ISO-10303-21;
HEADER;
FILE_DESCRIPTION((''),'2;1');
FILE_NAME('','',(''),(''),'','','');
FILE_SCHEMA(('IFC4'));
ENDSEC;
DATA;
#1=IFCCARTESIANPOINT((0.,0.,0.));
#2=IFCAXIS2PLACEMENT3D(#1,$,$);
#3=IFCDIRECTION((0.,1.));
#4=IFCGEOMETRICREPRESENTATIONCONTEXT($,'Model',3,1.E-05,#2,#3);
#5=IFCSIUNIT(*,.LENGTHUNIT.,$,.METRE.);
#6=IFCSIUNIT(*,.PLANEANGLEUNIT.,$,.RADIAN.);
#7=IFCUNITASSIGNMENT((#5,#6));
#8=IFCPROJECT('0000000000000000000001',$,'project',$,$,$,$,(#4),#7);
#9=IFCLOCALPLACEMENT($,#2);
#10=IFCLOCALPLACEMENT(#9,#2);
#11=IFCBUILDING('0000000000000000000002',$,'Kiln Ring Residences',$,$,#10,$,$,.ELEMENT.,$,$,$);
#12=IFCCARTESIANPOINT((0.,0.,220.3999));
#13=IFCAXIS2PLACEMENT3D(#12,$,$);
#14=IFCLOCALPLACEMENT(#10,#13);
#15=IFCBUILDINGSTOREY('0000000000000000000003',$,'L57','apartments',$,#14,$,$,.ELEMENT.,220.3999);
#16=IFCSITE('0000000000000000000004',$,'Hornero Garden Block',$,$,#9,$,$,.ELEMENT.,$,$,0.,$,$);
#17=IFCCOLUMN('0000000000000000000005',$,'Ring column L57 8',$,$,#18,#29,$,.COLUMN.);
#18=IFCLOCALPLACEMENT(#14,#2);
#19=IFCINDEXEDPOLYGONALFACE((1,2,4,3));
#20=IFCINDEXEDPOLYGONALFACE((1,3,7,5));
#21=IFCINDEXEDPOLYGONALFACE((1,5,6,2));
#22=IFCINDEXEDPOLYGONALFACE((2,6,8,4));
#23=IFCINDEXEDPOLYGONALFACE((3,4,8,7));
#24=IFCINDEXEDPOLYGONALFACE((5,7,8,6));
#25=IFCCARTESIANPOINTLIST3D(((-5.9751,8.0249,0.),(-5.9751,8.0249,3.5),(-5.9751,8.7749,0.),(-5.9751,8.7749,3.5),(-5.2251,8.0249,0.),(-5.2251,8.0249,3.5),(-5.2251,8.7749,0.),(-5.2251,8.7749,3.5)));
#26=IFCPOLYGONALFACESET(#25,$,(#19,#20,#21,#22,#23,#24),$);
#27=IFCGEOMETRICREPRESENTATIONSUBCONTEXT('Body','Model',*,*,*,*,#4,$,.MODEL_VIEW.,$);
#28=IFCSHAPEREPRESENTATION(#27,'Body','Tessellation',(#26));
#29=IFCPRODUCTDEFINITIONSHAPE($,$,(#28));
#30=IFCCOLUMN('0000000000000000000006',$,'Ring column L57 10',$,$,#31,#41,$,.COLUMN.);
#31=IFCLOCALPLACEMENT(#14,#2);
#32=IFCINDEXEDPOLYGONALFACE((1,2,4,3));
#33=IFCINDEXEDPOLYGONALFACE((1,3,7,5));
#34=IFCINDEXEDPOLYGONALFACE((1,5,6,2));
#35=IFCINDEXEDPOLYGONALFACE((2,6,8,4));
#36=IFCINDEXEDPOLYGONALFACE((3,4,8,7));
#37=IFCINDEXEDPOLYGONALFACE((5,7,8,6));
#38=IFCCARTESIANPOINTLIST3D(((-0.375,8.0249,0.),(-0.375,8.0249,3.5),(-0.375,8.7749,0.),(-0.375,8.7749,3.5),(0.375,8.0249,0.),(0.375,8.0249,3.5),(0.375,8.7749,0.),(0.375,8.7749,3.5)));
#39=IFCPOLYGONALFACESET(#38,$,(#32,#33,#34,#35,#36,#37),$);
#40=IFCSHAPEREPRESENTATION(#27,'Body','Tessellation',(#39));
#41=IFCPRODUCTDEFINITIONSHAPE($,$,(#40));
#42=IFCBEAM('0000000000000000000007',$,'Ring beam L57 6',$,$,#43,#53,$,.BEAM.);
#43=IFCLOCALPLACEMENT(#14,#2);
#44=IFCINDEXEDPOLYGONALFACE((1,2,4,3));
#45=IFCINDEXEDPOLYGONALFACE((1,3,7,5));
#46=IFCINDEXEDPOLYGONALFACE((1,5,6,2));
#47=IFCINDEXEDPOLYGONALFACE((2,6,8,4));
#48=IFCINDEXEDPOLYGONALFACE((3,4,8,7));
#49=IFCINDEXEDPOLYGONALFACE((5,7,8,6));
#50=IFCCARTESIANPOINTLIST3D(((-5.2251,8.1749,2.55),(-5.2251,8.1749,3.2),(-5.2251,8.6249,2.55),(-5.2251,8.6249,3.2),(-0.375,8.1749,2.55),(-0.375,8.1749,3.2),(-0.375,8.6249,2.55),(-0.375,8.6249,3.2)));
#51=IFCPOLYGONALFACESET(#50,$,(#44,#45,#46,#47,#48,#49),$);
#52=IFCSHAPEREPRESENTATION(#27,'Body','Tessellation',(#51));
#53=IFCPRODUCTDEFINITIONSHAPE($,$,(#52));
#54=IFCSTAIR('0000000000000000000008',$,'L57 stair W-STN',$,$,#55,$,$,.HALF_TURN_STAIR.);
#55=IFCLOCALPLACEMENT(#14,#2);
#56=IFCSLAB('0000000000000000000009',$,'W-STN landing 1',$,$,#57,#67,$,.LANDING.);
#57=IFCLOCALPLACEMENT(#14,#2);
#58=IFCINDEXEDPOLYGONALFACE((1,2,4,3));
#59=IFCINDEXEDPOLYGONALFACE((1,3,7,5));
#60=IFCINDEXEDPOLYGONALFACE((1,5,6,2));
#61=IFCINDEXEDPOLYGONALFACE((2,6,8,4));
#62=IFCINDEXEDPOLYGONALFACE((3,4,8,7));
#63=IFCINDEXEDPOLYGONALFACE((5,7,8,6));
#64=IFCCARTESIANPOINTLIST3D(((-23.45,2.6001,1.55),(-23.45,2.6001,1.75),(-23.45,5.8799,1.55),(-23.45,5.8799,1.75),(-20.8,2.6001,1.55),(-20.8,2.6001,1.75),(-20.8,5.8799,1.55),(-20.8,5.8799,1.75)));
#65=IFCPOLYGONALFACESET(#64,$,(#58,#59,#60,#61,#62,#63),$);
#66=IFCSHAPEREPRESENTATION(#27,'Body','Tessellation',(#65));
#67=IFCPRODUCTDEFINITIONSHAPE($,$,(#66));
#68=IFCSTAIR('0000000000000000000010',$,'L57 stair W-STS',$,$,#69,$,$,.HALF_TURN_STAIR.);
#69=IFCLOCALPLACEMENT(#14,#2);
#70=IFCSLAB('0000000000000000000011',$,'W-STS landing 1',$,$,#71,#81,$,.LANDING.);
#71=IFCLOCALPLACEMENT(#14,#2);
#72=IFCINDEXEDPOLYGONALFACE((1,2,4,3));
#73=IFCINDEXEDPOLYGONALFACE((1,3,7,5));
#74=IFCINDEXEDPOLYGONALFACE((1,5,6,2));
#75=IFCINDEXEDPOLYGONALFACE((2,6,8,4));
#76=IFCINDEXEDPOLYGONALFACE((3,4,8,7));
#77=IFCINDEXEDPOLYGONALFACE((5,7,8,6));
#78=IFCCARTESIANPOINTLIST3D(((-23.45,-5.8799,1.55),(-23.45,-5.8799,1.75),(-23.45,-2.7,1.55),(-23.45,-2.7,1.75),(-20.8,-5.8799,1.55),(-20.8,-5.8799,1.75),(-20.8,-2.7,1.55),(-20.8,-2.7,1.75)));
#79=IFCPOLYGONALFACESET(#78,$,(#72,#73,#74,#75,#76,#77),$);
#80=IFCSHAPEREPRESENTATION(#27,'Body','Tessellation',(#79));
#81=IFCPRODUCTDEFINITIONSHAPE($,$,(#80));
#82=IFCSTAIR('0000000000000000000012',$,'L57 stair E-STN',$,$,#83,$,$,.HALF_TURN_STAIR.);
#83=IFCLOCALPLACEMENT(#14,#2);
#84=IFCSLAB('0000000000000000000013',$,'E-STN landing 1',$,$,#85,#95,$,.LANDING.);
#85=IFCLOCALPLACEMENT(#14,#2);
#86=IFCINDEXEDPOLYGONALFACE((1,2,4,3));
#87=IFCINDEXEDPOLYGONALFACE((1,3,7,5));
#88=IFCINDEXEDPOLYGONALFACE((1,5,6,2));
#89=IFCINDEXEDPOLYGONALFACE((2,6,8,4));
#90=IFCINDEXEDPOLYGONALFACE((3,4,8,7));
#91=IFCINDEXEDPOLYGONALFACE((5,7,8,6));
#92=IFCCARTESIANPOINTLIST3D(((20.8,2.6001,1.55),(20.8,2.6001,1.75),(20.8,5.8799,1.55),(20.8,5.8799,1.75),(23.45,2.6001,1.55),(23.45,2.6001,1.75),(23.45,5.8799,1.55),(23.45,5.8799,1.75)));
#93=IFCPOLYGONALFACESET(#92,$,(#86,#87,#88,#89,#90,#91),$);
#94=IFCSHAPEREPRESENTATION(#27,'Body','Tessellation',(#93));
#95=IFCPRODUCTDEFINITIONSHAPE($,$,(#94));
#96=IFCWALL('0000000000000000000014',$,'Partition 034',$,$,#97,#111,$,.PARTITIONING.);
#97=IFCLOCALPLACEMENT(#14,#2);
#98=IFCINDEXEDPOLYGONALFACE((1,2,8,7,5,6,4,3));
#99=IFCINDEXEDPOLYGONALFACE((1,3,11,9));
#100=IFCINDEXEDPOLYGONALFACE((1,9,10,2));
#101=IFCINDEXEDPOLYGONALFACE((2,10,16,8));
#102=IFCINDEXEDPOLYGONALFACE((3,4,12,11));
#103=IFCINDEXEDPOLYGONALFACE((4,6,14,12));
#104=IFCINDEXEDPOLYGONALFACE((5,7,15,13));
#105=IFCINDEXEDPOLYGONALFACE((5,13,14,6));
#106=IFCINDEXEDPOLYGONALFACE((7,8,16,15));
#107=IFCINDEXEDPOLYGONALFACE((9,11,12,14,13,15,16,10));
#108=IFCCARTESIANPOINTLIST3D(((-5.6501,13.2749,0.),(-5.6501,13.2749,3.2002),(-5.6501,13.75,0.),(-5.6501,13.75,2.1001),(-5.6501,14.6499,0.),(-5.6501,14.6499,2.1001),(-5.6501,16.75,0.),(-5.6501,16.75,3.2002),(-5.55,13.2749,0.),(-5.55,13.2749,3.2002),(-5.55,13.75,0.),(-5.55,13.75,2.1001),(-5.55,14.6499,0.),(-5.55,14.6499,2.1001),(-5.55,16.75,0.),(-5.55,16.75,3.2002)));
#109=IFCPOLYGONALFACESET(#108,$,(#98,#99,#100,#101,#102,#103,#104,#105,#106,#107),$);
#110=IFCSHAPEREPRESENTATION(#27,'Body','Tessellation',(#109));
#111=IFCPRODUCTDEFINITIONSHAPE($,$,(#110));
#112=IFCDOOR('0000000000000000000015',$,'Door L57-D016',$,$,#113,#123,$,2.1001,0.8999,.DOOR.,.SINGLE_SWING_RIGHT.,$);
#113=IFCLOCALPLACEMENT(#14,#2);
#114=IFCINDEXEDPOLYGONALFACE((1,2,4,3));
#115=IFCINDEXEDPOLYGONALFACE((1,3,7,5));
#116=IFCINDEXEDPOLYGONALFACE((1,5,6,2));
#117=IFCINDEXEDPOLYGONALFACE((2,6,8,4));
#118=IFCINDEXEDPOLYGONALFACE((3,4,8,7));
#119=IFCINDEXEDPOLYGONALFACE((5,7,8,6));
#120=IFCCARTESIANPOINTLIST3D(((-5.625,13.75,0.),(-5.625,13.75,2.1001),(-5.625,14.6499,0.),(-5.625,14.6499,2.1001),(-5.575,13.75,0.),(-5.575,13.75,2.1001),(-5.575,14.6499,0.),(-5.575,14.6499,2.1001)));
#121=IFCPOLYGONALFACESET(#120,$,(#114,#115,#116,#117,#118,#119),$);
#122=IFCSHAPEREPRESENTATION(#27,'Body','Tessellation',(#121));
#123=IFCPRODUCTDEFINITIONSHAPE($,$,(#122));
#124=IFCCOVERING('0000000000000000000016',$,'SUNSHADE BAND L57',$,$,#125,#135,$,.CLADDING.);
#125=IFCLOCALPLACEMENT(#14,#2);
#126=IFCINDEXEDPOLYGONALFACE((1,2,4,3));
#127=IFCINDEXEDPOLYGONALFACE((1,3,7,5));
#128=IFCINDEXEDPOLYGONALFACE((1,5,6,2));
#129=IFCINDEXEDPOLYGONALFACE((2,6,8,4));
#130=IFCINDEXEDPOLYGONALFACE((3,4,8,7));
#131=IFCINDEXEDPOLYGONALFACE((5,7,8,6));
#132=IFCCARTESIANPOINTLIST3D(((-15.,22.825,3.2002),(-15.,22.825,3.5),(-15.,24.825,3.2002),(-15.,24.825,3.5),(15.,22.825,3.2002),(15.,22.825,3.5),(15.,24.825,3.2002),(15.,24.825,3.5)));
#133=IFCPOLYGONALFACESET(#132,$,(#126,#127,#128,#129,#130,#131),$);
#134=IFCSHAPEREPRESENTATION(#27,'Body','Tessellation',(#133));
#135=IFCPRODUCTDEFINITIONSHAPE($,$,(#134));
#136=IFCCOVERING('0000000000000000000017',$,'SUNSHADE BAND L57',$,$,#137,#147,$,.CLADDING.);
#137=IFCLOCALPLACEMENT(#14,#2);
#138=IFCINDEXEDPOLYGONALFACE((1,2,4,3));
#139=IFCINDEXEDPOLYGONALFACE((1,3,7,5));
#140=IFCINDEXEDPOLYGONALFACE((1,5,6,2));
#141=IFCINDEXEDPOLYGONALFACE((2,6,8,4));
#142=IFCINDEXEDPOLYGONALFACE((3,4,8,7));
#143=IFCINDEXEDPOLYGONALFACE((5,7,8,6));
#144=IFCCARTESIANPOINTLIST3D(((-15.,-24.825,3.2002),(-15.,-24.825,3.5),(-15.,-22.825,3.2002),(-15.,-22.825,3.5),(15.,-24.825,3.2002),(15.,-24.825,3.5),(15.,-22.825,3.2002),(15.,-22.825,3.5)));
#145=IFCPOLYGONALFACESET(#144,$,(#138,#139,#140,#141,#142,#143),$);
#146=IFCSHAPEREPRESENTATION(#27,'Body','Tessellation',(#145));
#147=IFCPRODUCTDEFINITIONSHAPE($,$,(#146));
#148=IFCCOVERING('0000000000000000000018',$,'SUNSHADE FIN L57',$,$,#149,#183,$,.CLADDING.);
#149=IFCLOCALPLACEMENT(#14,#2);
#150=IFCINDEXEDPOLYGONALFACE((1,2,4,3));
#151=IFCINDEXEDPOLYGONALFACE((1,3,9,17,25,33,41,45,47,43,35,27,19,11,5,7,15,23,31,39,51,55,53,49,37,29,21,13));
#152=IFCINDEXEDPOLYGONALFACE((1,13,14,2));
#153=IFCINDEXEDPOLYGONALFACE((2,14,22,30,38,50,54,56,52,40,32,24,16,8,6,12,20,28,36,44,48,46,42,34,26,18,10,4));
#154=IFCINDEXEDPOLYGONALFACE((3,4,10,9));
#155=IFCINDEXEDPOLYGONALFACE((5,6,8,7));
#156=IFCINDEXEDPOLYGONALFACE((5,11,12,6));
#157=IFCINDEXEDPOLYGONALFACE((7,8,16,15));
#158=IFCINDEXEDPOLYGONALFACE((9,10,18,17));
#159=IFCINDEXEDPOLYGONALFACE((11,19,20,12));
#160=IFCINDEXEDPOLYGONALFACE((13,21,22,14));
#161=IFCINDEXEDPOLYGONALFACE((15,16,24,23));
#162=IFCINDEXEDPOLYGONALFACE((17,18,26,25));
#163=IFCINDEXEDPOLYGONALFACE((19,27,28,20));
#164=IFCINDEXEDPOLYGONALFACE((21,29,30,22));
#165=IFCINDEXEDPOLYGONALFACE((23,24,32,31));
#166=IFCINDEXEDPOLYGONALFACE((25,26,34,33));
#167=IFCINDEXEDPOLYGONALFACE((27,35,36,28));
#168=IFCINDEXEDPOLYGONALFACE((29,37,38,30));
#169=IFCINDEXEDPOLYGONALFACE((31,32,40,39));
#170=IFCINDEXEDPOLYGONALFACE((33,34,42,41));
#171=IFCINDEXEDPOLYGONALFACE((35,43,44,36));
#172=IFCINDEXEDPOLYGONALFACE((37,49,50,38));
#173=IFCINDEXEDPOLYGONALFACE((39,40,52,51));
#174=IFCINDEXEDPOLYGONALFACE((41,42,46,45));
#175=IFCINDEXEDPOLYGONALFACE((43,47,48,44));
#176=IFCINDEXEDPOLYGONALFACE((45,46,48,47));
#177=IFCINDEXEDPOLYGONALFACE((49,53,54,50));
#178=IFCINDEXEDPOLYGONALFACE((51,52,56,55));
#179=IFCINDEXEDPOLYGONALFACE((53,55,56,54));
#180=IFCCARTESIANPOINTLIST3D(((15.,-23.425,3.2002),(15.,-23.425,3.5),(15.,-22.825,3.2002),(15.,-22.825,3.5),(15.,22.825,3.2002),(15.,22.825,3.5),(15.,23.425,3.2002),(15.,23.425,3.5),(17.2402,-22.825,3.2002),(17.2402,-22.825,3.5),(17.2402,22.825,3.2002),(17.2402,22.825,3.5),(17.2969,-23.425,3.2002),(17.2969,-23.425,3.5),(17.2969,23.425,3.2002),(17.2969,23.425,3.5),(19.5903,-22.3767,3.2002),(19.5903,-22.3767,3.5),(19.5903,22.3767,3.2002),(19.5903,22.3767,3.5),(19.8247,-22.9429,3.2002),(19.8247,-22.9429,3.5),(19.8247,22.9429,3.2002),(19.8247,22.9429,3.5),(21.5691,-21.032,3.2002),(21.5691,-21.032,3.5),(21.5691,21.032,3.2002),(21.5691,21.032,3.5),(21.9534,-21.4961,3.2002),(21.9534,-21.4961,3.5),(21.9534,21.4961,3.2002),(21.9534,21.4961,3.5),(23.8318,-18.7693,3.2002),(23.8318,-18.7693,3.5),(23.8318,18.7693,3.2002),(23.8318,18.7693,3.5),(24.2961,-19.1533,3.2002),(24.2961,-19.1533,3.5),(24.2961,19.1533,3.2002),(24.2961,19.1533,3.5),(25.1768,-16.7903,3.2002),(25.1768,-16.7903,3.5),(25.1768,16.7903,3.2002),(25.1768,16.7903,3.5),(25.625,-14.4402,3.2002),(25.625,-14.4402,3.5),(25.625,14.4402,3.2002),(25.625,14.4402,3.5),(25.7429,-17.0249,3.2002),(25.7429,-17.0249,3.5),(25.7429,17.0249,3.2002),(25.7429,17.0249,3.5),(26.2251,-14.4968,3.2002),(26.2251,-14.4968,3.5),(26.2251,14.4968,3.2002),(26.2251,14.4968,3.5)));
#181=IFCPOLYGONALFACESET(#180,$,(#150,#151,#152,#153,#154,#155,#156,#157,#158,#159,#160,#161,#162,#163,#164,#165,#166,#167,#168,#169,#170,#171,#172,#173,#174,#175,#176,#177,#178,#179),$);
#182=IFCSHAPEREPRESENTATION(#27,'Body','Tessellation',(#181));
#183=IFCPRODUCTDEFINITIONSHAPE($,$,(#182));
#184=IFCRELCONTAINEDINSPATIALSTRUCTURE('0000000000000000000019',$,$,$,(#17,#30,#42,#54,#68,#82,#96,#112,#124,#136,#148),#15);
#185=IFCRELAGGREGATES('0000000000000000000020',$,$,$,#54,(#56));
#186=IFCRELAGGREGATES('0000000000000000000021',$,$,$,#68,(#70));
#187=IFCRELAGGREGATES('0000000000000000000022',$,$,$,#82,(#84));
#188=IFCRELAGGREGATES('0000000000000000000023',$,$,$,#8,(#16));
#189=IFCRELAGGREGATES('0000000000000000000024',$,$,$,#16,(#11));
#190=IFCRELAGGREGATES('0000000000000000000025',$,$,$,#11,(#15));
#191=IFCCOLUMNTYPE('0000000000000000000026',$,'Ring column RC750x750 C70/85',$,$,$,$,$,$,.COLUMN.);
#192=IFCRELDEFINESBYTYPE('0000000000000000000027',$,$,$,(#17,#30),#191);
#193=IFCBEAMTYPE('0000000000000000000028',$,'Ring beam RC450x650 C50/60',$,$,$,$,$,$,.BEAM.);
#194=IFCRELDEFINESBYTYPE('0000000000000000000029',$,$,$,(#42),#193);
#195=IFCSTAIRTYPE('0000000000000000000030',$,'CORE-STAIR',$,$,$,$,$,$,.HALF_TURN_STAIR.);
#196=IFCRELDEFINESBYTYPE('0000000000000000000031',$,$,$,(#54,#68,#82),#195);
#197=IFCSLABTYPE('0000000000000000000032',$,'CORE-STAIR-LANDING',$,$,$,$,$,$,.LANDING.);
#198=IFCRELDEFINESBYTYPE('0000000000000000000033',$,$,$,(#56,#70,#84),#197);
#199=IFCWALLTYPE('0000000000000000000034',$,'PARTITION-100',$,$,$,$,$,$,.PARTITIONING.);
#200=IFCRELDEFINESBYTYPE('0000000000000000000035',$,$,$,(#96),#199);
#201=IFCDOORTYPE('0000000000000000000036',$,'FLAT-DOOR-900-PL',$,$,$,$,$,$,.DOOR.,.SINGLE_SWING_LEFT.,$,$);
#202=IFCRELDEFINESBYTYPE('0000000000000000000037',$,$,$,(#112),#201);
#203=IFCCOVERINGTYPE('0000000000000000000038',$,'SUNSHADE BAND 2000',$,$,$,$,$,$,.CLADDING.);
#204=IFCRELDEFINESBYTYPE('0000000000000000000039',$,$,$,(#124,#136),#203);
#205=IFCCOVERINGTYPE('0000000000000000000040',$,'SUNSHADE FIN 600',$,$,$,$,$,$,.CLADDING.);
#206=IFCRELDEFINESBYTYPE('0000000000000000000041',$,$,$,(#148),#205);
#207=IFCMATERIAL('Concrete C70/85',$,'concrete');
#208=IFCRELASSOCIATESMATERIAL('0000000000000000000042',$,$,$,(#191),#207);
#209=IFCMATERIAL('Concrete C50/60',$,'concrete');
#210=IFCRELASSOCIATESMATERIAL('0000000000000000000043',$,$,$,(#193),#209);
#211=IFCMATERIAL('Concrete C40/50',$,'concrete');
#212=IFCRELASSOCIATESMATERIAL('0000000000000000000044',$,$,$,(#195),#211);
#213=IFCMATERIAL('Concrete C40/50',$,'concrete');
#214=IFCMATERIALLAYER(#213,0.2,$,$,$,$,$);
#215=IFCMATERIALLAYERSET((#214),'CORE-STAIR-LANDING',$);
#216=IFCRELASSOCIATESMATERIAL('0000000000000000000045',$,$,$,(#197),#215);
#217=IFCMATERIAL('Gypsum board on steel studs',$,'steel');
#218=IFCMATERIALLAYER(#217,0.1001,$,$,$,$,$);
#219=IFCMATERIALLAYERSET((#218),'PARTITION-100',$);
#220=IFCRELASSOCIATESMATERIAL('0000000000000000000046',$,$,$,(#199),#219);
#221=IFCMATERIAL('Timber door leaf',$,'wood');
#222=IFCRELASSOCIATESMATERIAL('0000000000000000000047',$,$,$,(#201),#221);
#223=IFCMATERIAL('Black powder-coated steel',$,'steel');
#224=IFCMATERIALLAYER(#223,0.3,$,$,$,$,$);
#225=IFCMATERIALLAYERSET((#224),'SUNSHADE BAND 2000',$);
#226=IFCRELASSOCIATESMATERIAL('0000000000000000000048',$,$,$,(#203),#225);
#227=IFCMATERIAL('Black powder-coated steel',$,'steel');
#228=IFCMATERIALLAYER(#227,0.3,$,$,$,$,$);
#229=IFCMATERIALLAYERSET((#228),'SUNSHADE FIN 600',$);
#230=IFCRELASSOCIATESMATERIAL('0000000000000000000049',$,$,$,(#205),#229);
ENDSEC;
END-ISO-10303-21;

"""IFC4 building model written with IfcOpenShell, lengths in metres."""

from ifc_helpers import new_model, si_unit, direction, frame, frame_2d, origin, origin_2d, place, context, subcontext, project, spatial, polyline, rectangle, outline, extrude, material, layer, layer_set, material_profile, profile_set, type_object, element, fill, aggregate, save


model = new_model("IFC4")

# Units and contexts
model_context = context("Model", 3, precision=1e-05, world=origin(), true_north=direction((0.0, 1.0)))
body_context = subcontext(model_context, "Body", "Model", "MODEL_VIEW")
ifc_project = project(units=[si_unit("LENGTHUNIT", "METRE"), si_unit("PLANEANGLEUNIT", "RADIAN")], contexts=[model_context])

# Site, building, storey
site_placement = place(None, origin())
site = spatial("IfcSite", under=ifc_project, at=site_placement, Name="Hornero Garden Block", CompositionType="ELEMENT", RefElevation=0.0)
building_placement = place(site_placement, origin())
building = spatial("IfcBuilding", under=site, at=building_placement, Name="Kiln Ring Residences", CompositionType="ELEMENT")
storey_placement = place(building_placement, frame((0.0, 0.0, 220.3999)))
storey = spatial("IfcBuildingStorey", under=building, at=storey_placement, Name="L57", Description="apartments", CompositionType="ELEMENT", Elevation=220.3999)

# Columns
ifc_material_1 = material(Name="Concrete C70/85", Category="concrete")
ifc_material_profile_1 = material_profile(ifc_material_1, rectangle(XDim=0.75, YDim=0.75, at=origin_2d()), Name="RC750x750")
ifc_profile_set_1 = profile_set([ifc_material_profile_1], Name="Concrete C70/85")
column_type = type_object("IfcColumnType", Name="Ring column RC750x750 C70/85", PredefinedType="COLUMN", material=ifc_profile_set_1)
for number, where, z_axis, x_axis, name in (
    (1, (-5.6001, 8.3999, 0.0), (0.0, 0.0, 1.0), (1.0, 0.0, 0.0), "Ring column L57 8"),
    (2, (0.0, 8.3999, 0.0), (0.0, 0.0, 1.0), (1.0, 0.0, 0.0), "Ring column L57 10"),
):
    element("IfcColumn", number, at=place(storey_placement, frame(where, z_axis=z_axis, x_axis=x_axis)), inside=storey, type_object=column_type, Name=name, PredefinedType="COLUMN", context=body_context, shape_type="SweptSolid", body=[
        extrude(rectangle(XDim=0.75, YDim=0.75, at=origin_2d()), origin(), (0.0, 0.0, 1.0), 3.5),
    ])

# Beam
ifc_material_2 = material(Name="Concrete C50/60", Category="concrete")
ifc_material_profile_2 = material_profile(ifc_material_2, rectangle(XDim=0.45, YDim=0.6499, at=origin_2d()), Name="RC450x650")
ifc_profile_set_2 = profile_set([ifc_material_profile_2], Name="Concrete C50/60")
beam_type = type_object("IfcBeamType", Name="Ring beam RC450x650 C50/60", PredefinedType="BEAM", material=ifc_profile_set_2)
beam_placement = place(storey_placement, frame((-5.2251, 8.3999, 2.875), z_axis=(1.0, 0.0, 0.0), x_axis=(0.0, 1.0, 0.0)))
element("IfcBeam", 3, at=beam_placement, inside=storey, type_object=beam_type, Name="Ring beam L57 6", PredefinedType="BEAM", context=body_context, shape_type="SweptSolid", body=[
    extrude(rectangle(XDim=0.45, YDim=0.6499, at=origin_2d()), origin(), (0.0, 0.0, 1.0), 4.8501),
])

# Stairs, slabs
ifc_material_3 = material(Name="Concrete C40/50", Category="concrete")
stair_type = type_object("IfcStairType", Name="CORE-STAIR", PredefinedType="HALF_TURN_STAIR", material=ifc_material_3)
placement_1 = place(storey_placement, origin())
stair_1 = element("IfcStair", 4, at=placement_1, inside=storey, type_object=stair_type, Name="L57 stair W-STN", PredefinedType="HALF_TURN_STAIR")
ifc_material_4 = material(Name="Concrete C40/50", Category="concrete")
ifc_layer_1 = layer(ifc_material_4, 0.2)
ifc_layer_set_1 = layer_set([ifc_layer_1], Name="CORE-STAIR-LANDING")
slab_type = type_object("IfcSlabType", Name="CORE-STAIR-LANDING", PredefinedType="LANDING", material=ifc_layer_set_1)
placement_2 = place(storey_placement, frame((0.0, 0.0, 1.55)))
slab_1 = element("IfcSlab", 5, at=placement_2, type_object=slab_type, Name="W-STN landing 1", PredefinedType="LANDING", context=body_context, shape_type="SweptSolid", body=[
    extrude(outline(polyline([(-23.45, 5.8799), (-23.45, 2.6001), (-20.8, 2.6001), (-20.8, 5.8799), (-23.45, 5.8799)])), origin(), (0.0, 0.0, 1.0), 0.2),
])
aggregate(stair_1, [slab_1])
stair_2 = element("IfcStair", 6, at=placement_1, inside=storey, type_object=stair_type, Name="L57 stair W-STS", PredefinedType="HALF_TURN_STAIR")
slab_2 = element("IfcSlab", 7, at=placement_2, type_object=slab_type, Name="W-STS landing 1", PredefinedType="LANDING", context=body_context, shape_type="SweptSolid", body=[
    extrude(outline(polyline([(-20.8, -5.8799), (-20.8, -2.7), (-23.45, -2.7), (-23.45, -5.8799), (-20.8, -5.8799)])), origin(), (0.0, 0.0, 1.0), 0.2),
])
aggregate(stair_2, [slab_2])
stair_3 = element("IfcStair", 8, at=placement_1, inside=storey, type_object=stair_type, Name="L57 stair E-STN", PredefinedType="HALF_TURN_STAIR")
slab_3 = element("IfcSlab", 9, at=placement_2, type_object=slab_type, Name="E-STN landing 1", PredefinedType="LANDING", context=body_context, shape_type="SweptSolid", body=[
    extrude(outline(polyline([(20.8, 5.8799), (20.8, 2.6001), (23.45, 2.6001), (23.45, 5.8799), (20.8, 5.8799)])), origin(), (0.0, 0.0, 1.0), 0.2),
])
aggregate(stair_3, [slab_3])

# Wall, opening, door
ifc_material_5 = material(Name="Gypsum board on steel studs", Category="steel")
ifc_layer_2 = layer(ifc_material_5, 0.1001)
ifc_layer_set_2 = layer_set([ifc_layer_2], Name="PARTITION-100")
wall_type = type_object("IfcWallType", Name="PARTITION-100", PredefinedType="PARTITIONING", material=ifc_layer_set_2)
wall_placement = place(storey_placement, frame((-5.6001, 13.2749, 0.0), z_axis=(0.0, 0.0, 1.0), x_axis=(0.0, 1.0, 0.0)))
wall = element("IfcWall", 10, at=wall_placement, inside=storey, type_object=wall_type, Name="Partition 034", PredefinedType="PARTITIONING", context=body_context, shape_type="SweptSolid", body=[
    extrude(rectangle(XDim=3.4751, YDim=0.1001, at=frame_2d((1.7375, 0.0))), origin(), (0.0, 0.0, 1.0), 3.2002),
])
opening_placement = place(wall_placement, frame((0.4751, 0.0, 0.0)))
opening = element("IfcOpeningElement", 11, at=opening_placement, cuts=wall, PredefinedType="OPENING", context=body_context, shape_type="SweptSolid", body=[
    extrude(rectangle(XDim=0.8999, YDim=2.1001, at=frame_2d((0.45, 1.05))), frame((0.0, 0.0601, 0.0), z_axis=(0.0, -1.0, 0.0), x_axis=(1.0, 0.0, 0.0)), (0.0, 0.0, 1.0), 0.1201),
])
ifc_material_6 = material(Name="Timber door leaf", Category="wood")
door_type = type_object("IfcDoorType", Name="FLAT-DOOR-900-PL", OperationType="SINGLE_SWING_LEFT", PredefinedType="DOOR", material=ifc_material_6)
door_placement = place(opening_placement, origin())
door = element("IfcDoor", 12, at=door_placement, inside=storey, type_object=door_type, Name="Door L57-D016", OperationType="SINGLE_SWING_RIGHT", OverallHeight=2.1001, OverallWidth=0.8999, PredefinedType="DOOR", context=body_context, shape_type="SweptSolid", body=[
    extrude(rectangle(XDim=0.8999, YDim=2.1001, at=frame_2d((0.45, 1.05))), frame((0.0, 0.0249, 0.0), z_axis=(0.0, -1.0, 0.0), x_axis=(1.0, 0.0, 0.0)), (0.0, 0.0, 1.0), 0.05),
])
fill(opening, door)

# Coverings
ifc_material_7 = material(Name="Black powder-coated steel", Category="steel")
ifc_layer_3 = layer(ifc_material_7, 0.3)
ifc_layer_set_3 = layer_set([ifc_layer_3], Name="SUNSHADE BAND 2000")
covering_type_1 = type_object("IfcCoveringType", Name="SUNSHADE BAND 2000", PredefinedType="CLADDING", material=ifc_layer_set_3)
placement_3 = place(storey_placement, frame((0.0, 0.0, 3.2002)))
element("IfcCovering", 13, at=placement_3, inside=storey, type_object=covering_type_1, Name="SUNSHADE BAND L57", PredefinedType="CLADDING", context=body_context, shape_type="SweptSolid", body=[
    extrude(outline(polyline([(15.0, 24.825), (-15.0, 24.825), (-15.0, 22.825), (15.0, 22.825), (15.0, 24.825)])), origin(), (0.0, 0.0, 1.0), 0.2998),
])
element("IfcCovering", 14, at=placement_3, inside=storey, type_object=covering_type_1, Name="SUNSHADE BAND L57", PredefinedType="CLADDING", context=body_context, shape_type="SweptSolid", body=[
    extrude(outline(polyline([(-15.0, -24.825), (15.0, -24.825), (15.0, -22.825), (-15.0, -22.825), (-15.0, -24.825)])), origin(), (0.0, 0.0, 1.0), 0.2998),
])
ifc_material_8 = material(Name="Black powder-coated steel", Category="steel")
ifc_layer_4 = layer(ifc_material_8, 0.3)
ifc_layer_set_4 = layer_set([ifc_layer_4], Name="SUNSHADE FIN 600")
covering_type_2 = type_object("IfcCoveringType", Name="SUNSHADE FIN 600", PredefinedType="CLADDING", material=ifc_layer_set_4)
element("IfcCovering", 15, at=placement_3, inside=storey, type_object=covering_type_2, Name="SUNSHADE FIN L57", PredefinedType="CLADDING", context=body_context, shape_type="SweptSolid", body=[
    extrude(outline(polyline([(17.2969, 23.425), (15.0, 23.425), (15.0, 22.825), (17.2402, 22.825), (19.5903, 22.3767), (21.5691, 21.032), (23.8318, 18.7693), (25.1768, 16.7903), (25.625, 14.4402), (25.625, -14.4402), (25.1768, -16.7903), (23.8318, -18.7693), (21.5691, -21.032), (19.5903, -22.3767), (17.2402, -22.825), (15.0, -22.825), (15.0, -23.425), (17.2969, -23.425), (19.8247, -22.9429), (21.9534, -21.4961), (24.2961, -19.1533), (25.7429, -17.0249), (26.2251, -14.4968), (26.2251, 14.4968), (25.7429, 17.0249), (24.2961, 19.1533), (21.9534, 21.4961), (19.8247, 22.9429), (17.2969, 23.425)])), origin(), (0.0, 0.0, 1.0), 0.2998),
])

save(model, "model.ifc")
